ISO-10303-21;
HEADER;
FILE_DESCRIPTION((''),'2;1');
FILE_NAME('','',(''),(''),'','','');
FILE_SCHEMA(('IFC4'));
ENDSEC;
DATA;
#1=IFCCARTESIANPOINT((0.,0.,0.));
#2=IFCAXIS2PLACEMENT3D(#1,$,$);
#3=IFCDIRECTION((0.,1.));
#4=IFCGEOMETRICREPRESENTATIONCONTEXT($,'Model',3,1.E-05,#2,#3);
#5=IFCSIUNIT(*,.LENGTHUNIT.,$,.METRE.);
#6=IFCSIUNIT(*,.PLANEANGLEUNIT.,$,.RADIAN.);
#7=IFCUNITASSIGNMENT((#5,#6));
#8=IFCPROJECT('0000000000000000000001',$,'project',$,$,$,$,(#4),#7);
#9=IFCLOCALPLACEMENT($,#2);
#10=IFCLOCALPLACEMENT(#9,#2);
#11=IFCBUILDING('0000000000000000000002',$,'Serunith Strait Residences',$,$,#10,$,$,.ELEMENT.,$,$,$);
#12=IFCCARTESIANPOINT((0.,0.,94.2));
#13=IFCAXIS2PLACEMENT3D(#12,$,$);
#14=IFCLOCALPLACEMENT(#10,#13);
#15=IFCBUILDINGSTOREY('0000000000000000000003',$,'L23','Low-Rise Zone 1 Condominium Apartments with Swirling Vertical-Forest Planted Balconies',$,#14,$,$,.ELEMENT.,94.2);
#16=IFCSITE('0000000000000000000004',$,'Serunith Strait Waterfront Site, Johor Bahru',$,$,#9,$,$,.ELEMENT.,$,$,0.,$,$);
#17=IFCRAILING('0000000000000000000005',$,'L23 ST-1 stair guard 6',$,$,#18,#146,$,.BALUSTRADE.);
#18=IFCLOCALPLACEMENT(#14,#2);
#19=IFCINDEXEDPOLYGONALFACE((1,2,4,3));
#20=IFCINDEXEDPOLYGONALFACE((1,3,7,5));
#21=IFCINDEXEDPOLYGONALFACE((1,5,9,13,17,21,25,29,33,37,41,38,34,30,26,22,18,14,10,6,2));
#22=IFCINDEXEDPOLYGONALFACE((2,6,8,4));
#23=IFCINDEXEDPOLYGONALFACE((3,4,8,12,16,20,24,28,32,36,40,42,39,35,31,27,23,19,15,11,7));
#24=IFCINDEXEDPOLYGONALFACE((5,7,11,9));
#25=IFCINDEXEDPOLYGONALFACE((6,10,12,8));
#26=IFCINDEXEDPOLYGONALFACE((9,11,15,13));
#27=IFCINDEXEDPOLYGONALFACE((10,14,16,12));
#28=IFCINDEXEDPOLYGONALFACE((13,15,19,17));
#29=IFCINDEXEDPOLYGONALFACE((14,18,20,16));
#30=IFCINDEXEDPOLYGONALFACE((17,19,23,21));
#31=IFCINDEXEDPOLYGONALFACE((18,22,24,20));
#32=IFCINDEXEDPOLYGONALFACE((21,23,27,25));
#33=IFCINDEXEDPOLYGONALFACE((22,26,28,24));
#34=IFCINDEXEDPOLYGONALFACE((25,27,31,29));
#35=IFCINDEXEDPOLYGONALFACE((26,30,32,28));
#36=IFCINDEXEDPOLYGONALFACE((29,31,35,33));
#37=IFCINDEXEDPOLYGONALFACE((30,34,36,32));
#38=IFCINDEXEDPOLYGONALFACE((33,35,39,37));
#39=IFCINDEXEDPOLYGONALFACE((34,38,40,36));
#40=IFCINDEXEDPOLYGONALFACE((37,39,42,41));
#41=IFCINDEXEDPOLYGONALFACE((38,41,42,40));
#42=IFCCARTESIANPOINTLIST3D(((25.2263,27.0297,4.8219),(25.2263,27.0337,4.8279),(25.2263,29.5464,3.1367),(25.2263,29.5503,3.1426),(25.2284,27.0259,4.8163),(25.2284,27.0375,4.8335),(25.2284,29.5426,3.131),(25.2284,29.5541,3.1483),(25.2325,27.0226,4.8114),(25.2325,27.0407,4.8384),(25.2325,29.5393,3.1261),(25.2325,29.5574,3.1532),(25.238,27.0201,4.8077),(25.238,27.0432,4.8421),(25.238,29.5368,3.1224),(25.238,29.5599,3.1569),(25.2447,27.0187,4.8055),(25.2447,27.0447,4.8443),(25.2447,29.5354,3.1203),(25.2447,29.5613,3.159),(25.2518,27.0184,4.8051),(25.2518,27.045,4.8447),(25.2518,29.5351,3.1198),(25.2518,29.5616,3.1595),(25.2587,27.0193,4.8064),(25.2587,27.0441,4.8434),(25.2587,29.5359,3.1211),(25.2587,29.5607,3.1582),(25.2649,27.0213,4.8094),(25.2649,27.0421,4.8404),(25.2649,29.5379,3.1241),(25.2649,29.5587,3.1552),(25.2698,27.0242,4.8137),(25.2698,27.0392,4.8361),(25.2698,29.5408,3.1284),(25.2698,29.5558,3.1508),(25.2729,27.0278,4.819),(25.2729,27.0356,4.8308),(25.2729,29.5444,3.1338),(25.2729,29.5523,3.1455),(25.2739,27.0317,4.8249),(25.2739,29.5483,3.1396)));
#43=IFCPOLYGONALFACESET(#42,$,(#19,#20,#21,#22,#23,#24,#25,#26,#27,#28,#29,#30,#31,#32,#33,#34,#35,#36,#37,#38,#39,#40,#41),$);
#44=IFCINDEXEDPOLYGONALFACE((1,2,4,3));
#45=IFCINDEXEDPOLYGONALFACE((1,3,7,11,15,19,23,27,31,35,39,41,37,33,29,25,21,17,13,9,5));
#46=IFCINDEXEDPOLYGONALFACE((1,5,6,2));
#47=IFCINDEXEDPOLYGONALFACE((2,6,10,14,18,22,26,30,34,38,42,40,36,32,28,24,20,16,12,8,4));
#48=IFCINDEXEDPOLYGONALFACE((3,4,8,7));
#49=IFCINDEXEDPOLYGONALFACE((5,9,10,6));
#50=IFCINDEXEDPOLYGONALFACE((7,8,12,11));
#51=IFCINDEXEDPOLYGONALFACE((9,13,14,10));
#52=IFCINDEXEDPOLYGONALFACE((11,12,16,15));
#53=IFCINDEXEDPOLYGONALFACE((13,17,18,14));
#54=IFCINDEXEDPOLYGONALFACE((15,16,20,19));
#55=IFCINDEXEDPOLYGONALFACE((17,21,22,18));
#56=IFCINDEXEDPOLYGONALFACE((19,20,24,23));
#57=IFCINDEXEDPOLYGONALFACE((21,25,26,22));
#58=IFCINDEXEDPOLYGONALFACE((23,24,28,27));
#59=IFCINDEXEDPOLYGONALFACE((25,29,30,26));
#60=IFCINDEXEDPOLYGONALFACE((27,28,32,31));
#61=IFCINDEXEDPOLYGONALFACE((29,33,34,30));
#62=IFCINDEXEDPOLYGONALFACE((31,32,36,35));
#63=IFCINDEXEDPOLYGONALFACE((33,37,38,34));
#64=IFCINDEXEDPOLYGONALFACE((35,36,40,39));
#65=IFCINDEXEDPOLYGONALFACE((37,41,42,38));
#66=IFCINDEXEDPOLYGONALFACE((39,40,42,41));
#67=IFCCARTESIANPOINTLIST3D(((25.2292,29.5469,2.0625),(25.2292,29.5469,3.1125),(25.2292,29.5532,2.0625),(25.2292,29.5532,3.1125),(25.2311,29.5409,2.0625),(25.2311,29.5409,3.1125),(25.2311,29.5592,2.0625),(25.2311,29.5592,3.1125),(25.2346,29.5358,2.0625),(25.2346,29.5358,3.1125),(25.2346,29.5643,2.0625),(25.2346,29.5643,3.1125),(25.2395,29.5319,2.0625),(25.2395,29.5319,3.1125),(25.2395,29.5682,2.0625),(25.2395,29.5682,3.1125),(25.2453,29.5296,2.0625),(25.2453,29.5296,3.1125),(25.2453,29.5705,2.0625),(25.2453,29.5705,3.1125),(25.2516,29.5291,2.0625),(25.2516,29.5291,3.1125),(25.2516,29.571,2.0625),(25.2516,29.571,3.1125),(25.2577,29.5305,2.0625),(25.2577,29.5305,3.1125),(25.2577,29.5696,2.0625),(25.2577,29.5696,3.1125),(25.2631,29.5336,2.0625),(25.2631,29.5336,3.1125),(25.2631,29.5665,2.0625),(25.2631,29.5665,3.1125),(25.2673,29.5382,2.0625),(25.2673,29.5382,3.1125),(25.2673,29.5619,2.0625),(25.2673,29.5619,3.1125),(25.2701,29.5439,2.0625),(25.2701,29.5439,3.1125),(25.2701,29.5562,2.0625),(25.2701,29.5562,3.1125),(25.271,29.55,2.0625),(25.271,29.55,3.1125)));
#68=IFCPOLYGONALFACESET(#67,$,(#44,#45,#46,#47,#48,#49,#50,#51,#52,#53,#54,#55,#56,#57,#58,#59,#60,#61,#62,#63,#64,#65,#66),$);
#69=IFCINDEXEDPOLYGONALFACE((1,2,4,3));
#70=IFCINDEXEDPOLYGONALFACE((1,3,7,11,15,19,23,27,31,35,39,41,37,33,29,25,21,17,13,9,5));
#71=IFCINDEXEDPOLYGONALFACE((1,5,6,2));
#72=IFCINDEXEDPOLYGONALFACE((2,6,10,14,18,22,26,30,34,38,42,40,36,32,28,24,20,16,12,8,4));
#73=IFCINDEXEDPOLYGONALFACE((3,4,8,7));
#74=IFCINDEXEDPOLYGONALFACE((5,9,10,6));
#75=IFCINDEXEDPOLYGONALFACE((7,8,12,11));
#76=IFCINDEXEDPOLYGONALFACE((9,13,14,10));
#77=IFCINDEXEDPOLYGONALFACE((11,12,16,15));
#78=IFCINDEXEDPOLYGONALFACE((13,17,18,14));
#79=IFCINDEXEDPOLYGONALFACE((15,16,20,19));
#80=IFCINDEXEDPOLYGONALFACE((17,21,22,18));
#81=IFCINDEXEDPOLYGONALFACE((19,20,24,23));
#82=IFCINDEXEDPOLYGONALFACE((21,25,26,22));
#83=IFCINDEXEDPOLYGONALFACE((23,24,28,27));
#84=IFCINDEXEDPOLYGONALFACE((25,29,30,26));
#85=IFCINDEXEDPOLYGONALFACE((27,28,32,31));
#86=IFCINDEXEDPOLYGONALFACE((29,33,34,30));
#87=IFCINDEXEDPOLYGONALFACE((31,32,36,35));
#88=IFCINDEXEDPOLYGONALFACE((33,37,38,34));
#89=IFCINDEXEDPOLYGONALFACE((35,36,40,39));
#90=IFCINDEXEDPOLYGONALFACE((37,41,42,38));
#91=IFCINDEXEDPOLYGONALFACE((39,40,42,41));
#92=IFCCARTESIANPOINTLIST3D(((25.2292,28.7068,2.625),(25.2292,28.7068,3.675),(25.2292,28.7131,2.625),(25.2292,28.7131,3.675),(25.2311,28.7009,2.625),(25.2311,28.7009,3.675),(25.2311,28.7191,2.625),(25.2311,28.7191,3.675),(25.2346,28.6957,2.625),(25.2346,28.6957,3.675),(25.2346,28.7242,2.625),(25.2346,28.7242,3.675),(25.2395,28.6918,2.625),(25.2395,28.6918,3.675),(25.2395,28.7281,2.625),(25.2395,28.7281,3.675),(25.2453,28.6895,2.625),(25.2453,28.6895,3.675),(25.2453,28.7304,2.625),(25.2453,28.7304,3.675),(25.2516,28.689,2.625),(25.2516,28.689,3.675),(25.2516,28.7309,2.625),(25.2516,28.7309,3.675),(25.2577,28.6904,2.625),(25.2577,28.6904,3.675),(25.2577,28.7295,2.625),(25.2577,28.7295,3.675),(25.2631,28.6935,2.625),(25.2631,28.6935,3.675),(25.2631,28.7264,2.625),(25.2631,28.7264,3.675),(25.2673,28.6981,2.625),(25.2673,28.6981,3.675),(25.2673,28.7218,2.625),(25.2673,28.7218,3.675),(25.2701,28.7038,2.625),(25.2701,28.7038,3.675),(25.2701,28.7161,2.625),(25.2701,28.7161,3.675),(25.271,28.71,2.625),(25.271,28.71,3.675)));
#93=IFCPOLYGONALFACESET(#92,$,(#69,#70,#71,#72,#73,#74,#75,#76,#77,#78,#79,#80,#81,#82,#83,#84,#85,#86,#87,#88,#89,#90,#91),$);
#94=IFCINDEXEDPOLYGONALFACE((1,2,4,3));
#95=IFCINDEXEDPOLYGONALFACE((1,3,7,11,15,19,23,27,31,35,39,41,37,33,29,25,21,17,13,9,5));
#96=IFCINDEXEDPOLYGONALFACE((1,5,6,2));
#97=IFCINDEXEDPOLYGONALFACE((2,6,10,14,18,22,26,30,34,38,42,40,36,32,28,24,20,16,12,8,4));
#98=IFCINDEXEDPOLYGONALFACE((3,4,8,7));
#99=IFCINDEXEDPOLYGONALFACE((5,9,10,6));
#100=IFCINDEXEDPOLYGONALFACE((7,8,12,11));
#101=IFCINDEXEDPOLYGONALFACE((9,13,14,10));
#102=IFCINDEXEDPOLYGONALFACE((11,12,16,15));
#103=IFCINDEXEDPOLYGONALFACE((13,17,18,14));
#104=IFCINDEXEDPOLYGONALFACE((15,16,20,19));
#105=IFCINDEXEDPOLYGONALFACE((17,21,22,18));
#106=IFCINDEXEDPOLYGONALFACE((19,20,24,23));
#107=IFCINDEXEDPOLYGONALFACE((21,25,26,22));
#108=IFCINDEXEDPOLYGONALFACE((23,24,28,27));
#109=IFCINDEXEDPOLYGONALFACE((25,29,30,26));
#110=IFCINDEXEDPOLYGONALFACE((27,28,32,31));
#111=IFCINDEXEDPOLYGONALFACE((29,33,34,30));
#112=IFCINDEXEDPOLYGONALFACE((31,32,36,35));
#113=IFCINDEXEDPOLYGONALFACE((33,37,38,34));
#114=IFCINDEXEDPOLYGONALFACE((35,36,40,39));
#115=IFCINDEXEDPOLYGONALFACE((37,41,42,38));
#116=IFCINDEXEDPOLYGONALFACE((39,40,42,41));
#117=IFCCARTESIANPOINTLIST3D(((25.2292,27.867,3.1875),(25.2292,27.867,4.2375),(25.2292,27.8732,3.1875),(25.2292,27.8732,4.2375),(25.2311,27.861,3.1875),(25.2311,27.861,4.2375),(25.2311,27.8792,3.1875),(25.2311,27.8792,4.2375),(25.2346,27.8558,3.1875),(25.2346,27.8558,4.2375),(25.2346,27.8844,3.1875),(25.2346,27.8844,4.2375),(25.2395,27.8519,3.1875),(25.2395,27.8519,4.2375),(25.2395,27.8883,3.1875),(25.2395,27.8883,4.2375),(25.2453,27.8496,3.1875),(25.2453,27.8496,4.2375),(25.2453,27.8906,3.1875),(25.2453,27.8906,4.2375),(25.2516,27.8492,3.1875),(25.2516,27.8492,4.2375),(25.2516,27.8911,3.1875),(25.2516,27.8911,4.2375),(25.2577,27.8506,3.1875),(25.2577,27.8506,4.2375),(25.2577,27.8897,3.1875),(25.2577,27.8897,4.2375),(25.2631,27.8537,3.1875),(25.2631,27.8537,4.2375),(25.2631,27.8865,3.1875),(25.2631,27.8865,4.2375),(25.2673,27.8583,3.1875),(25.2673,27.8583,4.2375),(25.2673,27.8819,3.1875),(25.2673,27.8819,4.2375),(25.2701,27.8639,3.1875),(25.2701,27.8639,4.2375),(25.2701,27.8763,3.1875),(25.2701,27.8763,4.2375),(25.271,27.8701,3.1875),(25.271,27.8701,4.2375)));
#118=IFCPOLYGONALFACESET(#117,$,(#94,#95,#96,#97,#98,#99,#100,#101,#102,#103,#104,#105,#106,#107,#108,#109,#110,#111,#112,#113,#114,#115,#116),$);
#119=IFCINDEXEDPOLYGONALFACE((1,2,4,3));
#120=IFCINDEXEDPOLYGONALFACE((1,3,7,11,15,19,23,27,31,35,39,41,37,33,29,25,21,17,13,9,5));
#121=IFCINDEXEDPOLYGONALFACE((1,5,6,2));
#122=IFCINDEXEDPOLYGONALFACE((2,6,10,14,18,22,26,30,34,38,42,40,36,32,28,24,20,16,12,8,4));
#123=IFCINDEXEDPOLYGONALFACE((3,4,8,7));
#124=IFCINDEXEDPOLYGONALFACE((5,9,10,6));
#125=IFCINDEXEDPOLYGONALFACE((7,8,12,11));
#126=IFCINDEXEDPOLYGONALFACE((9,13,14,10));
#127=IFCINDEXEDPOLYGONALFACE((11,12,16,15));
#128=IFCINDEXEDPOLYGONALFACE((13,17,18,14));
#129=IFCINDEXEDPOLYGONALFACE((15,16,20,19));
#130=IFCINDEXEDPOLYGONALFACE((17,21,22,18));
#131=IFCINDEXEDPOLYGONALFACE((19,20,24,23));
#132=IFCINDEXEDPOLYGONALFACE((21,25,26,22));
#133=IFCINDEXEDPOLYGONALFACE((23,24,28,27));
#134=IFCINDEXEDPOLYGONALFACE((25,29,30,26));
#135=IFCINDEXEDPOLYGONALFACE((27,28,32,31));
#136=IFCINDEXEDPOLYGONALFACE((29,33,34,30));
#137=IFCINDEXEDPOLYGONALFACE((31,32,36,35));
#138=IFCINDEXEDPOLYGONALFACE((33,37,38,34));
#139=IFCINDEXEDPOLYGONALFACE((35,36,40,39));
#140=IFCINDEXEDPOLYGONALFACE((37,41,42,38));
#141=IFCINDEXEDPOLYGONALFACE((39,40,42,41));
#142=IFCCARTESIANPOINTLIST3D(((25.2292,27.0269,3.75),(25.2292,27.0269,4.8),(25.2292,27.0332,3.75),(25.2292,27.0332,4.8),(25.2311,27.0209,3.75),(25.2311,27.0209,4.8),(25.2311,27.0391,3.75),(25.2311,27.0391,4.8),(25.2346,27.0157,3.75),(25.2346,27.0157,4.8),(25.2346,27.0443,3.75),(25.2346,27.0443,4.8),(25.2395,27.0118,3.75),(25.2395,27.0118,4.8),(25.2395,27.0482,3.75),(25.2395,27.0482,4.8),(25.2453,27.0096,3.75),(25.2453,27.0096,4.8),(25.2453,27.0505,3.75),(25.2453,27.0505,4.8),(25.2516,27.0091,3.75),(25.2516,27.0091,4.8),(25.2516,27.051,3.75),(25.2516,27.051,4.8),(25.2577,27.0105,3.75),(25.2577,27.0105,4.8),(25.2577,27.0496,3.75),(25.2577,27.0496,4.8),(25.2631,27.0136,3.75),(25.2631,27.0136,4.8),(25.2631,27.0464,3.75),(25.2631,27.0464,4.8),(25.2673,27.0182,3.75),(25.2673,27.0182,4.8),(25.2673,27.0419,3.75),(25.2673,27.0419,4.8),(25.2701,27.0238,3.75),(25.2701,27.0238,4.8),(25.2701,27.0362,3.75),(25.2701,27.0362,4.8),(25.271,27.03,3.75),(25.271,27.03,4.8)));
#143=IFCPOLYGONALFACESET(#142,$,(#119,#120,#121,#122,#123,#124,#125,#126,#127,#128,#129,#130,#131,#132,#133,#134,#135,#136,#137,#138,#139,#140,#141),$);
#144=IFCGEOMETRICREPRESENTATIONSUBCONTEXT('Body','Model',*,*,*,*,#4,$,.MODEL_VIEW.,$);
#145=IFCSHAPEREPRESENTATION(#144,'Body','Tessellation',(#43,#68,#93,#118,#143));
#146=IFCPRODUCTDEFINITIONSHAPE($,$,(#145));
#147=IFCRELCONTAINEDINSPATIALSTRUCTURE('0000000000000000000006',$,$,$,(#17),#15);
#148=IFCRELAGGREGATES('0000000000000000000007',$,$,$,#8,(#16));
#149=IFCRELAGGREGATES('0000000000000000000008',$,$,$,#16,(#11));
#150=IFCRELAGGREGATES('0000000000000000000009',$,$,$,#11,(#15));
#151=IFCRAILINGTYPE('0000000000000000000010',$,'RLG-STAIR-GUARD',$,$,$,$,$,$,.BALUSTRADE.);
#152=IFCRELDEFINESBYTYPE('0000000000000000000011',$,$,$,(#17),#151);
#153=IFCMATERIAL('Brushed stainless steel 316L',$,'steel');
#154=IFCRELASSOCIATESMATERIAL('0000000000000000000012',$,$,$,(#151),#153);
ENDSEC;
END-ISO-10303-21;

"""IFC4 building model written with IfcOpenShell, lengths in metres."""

from ifc_helpers import new_model, si_unit, direction, frame, origin, origin_2d, place, context, subcontext, project, spatial, circle, extrude, material, type_object, element, save


model = new_model("IFC4")

# Units and contexts
model_context = context("Model", 3, precision=1e-05, world=origin(), true_north=direction((0.0, 1.0)))
body_context = subcontext(model_context, "Body", "Model", "MODEL_VIEW")
ifc_project = project(units=[si_unit("LENGTHUNIT", "METRE"), si_unit("PLANEANGLEUNIT", "RADIAN")], contexts=[model_context])

# Site, building, storey
site_placement = place(None, origin())
site = spatial("IfcSite", under=ifc_project, at=site_placement, Name="Serunith Strait Waterfront Site, Johor Bahru", CompositionType="ELEMENT", RefElevation=0.0)
building_placement = place(site_placement, origin())
building = spatial("IfcBuilding", under=site, at=building_placement, Name="Serunith Strait Residences", CompositionType="ELEMENT")
storey_placement = place(building_placement, frame((0.0, 0.0, 94.2)))
storey = spatial("IfcBuildingStorey", under=building, at=storey_placement, Name="L23", Description="Low-Rise Zone 1 Condominium Apartments with Swirling Vertical-Forest Planted Balconies", CompositionType="ELEMENT", Elevation=94.2)

# Railing
ifc_material_1 = material(Name="Brushed stainless steel 316L", Category="steel")
railing_type_1 = type_object("IfcRailingType", Name="RLG-STAIR-GUARD", PredefinedType="BALUSTRADE", material=ifc_material_1)
railing_1_placement = place(storey_placement, frame((25.25, 29.55, 2.0625)))
element("IfcRailing", 1, at=railing_1_placement, inside=storey, type_object=railing_type_1, Name="L23 ST-1 stair guard 6", PredefinedType="BALUSTRADE", context=body_context, shape_type="SweptSolid", body=[
    extrude(circle(Radius=0.0239, at=origin_2d()), frame((0.0, -0.0017, 1.0771), z_axis=(0.0, -0.830909, 0.556408), x_axis=(1.0, 0.0, 0.0)), (0.0, 0.0, 1.0), 3.0288),
    extrude(circle(Radius=0.021, at=origin_2d()), origin(), (0.0, 0.0, 1.0), 1.05),
    extrude(circle(Radius=0.021, at=origin_2d()), frame((0.0, -0.8401, 0.5625)), (0.0, 0.0, 1.0), 1.05),
    extrude(circle(Radius=0.021, at=origin_2d()), frame((0.0, -1.6799, 1.125)), (0.0, 0.0, 1.0), 1.05),
    extrude(circle(Radius=0.021, at=origin_2d()), frame((0.0, -2.52, 1.6875)), (0.0, 0.0, 1.0), 1.05),
])

save(model, "model.ifc")
